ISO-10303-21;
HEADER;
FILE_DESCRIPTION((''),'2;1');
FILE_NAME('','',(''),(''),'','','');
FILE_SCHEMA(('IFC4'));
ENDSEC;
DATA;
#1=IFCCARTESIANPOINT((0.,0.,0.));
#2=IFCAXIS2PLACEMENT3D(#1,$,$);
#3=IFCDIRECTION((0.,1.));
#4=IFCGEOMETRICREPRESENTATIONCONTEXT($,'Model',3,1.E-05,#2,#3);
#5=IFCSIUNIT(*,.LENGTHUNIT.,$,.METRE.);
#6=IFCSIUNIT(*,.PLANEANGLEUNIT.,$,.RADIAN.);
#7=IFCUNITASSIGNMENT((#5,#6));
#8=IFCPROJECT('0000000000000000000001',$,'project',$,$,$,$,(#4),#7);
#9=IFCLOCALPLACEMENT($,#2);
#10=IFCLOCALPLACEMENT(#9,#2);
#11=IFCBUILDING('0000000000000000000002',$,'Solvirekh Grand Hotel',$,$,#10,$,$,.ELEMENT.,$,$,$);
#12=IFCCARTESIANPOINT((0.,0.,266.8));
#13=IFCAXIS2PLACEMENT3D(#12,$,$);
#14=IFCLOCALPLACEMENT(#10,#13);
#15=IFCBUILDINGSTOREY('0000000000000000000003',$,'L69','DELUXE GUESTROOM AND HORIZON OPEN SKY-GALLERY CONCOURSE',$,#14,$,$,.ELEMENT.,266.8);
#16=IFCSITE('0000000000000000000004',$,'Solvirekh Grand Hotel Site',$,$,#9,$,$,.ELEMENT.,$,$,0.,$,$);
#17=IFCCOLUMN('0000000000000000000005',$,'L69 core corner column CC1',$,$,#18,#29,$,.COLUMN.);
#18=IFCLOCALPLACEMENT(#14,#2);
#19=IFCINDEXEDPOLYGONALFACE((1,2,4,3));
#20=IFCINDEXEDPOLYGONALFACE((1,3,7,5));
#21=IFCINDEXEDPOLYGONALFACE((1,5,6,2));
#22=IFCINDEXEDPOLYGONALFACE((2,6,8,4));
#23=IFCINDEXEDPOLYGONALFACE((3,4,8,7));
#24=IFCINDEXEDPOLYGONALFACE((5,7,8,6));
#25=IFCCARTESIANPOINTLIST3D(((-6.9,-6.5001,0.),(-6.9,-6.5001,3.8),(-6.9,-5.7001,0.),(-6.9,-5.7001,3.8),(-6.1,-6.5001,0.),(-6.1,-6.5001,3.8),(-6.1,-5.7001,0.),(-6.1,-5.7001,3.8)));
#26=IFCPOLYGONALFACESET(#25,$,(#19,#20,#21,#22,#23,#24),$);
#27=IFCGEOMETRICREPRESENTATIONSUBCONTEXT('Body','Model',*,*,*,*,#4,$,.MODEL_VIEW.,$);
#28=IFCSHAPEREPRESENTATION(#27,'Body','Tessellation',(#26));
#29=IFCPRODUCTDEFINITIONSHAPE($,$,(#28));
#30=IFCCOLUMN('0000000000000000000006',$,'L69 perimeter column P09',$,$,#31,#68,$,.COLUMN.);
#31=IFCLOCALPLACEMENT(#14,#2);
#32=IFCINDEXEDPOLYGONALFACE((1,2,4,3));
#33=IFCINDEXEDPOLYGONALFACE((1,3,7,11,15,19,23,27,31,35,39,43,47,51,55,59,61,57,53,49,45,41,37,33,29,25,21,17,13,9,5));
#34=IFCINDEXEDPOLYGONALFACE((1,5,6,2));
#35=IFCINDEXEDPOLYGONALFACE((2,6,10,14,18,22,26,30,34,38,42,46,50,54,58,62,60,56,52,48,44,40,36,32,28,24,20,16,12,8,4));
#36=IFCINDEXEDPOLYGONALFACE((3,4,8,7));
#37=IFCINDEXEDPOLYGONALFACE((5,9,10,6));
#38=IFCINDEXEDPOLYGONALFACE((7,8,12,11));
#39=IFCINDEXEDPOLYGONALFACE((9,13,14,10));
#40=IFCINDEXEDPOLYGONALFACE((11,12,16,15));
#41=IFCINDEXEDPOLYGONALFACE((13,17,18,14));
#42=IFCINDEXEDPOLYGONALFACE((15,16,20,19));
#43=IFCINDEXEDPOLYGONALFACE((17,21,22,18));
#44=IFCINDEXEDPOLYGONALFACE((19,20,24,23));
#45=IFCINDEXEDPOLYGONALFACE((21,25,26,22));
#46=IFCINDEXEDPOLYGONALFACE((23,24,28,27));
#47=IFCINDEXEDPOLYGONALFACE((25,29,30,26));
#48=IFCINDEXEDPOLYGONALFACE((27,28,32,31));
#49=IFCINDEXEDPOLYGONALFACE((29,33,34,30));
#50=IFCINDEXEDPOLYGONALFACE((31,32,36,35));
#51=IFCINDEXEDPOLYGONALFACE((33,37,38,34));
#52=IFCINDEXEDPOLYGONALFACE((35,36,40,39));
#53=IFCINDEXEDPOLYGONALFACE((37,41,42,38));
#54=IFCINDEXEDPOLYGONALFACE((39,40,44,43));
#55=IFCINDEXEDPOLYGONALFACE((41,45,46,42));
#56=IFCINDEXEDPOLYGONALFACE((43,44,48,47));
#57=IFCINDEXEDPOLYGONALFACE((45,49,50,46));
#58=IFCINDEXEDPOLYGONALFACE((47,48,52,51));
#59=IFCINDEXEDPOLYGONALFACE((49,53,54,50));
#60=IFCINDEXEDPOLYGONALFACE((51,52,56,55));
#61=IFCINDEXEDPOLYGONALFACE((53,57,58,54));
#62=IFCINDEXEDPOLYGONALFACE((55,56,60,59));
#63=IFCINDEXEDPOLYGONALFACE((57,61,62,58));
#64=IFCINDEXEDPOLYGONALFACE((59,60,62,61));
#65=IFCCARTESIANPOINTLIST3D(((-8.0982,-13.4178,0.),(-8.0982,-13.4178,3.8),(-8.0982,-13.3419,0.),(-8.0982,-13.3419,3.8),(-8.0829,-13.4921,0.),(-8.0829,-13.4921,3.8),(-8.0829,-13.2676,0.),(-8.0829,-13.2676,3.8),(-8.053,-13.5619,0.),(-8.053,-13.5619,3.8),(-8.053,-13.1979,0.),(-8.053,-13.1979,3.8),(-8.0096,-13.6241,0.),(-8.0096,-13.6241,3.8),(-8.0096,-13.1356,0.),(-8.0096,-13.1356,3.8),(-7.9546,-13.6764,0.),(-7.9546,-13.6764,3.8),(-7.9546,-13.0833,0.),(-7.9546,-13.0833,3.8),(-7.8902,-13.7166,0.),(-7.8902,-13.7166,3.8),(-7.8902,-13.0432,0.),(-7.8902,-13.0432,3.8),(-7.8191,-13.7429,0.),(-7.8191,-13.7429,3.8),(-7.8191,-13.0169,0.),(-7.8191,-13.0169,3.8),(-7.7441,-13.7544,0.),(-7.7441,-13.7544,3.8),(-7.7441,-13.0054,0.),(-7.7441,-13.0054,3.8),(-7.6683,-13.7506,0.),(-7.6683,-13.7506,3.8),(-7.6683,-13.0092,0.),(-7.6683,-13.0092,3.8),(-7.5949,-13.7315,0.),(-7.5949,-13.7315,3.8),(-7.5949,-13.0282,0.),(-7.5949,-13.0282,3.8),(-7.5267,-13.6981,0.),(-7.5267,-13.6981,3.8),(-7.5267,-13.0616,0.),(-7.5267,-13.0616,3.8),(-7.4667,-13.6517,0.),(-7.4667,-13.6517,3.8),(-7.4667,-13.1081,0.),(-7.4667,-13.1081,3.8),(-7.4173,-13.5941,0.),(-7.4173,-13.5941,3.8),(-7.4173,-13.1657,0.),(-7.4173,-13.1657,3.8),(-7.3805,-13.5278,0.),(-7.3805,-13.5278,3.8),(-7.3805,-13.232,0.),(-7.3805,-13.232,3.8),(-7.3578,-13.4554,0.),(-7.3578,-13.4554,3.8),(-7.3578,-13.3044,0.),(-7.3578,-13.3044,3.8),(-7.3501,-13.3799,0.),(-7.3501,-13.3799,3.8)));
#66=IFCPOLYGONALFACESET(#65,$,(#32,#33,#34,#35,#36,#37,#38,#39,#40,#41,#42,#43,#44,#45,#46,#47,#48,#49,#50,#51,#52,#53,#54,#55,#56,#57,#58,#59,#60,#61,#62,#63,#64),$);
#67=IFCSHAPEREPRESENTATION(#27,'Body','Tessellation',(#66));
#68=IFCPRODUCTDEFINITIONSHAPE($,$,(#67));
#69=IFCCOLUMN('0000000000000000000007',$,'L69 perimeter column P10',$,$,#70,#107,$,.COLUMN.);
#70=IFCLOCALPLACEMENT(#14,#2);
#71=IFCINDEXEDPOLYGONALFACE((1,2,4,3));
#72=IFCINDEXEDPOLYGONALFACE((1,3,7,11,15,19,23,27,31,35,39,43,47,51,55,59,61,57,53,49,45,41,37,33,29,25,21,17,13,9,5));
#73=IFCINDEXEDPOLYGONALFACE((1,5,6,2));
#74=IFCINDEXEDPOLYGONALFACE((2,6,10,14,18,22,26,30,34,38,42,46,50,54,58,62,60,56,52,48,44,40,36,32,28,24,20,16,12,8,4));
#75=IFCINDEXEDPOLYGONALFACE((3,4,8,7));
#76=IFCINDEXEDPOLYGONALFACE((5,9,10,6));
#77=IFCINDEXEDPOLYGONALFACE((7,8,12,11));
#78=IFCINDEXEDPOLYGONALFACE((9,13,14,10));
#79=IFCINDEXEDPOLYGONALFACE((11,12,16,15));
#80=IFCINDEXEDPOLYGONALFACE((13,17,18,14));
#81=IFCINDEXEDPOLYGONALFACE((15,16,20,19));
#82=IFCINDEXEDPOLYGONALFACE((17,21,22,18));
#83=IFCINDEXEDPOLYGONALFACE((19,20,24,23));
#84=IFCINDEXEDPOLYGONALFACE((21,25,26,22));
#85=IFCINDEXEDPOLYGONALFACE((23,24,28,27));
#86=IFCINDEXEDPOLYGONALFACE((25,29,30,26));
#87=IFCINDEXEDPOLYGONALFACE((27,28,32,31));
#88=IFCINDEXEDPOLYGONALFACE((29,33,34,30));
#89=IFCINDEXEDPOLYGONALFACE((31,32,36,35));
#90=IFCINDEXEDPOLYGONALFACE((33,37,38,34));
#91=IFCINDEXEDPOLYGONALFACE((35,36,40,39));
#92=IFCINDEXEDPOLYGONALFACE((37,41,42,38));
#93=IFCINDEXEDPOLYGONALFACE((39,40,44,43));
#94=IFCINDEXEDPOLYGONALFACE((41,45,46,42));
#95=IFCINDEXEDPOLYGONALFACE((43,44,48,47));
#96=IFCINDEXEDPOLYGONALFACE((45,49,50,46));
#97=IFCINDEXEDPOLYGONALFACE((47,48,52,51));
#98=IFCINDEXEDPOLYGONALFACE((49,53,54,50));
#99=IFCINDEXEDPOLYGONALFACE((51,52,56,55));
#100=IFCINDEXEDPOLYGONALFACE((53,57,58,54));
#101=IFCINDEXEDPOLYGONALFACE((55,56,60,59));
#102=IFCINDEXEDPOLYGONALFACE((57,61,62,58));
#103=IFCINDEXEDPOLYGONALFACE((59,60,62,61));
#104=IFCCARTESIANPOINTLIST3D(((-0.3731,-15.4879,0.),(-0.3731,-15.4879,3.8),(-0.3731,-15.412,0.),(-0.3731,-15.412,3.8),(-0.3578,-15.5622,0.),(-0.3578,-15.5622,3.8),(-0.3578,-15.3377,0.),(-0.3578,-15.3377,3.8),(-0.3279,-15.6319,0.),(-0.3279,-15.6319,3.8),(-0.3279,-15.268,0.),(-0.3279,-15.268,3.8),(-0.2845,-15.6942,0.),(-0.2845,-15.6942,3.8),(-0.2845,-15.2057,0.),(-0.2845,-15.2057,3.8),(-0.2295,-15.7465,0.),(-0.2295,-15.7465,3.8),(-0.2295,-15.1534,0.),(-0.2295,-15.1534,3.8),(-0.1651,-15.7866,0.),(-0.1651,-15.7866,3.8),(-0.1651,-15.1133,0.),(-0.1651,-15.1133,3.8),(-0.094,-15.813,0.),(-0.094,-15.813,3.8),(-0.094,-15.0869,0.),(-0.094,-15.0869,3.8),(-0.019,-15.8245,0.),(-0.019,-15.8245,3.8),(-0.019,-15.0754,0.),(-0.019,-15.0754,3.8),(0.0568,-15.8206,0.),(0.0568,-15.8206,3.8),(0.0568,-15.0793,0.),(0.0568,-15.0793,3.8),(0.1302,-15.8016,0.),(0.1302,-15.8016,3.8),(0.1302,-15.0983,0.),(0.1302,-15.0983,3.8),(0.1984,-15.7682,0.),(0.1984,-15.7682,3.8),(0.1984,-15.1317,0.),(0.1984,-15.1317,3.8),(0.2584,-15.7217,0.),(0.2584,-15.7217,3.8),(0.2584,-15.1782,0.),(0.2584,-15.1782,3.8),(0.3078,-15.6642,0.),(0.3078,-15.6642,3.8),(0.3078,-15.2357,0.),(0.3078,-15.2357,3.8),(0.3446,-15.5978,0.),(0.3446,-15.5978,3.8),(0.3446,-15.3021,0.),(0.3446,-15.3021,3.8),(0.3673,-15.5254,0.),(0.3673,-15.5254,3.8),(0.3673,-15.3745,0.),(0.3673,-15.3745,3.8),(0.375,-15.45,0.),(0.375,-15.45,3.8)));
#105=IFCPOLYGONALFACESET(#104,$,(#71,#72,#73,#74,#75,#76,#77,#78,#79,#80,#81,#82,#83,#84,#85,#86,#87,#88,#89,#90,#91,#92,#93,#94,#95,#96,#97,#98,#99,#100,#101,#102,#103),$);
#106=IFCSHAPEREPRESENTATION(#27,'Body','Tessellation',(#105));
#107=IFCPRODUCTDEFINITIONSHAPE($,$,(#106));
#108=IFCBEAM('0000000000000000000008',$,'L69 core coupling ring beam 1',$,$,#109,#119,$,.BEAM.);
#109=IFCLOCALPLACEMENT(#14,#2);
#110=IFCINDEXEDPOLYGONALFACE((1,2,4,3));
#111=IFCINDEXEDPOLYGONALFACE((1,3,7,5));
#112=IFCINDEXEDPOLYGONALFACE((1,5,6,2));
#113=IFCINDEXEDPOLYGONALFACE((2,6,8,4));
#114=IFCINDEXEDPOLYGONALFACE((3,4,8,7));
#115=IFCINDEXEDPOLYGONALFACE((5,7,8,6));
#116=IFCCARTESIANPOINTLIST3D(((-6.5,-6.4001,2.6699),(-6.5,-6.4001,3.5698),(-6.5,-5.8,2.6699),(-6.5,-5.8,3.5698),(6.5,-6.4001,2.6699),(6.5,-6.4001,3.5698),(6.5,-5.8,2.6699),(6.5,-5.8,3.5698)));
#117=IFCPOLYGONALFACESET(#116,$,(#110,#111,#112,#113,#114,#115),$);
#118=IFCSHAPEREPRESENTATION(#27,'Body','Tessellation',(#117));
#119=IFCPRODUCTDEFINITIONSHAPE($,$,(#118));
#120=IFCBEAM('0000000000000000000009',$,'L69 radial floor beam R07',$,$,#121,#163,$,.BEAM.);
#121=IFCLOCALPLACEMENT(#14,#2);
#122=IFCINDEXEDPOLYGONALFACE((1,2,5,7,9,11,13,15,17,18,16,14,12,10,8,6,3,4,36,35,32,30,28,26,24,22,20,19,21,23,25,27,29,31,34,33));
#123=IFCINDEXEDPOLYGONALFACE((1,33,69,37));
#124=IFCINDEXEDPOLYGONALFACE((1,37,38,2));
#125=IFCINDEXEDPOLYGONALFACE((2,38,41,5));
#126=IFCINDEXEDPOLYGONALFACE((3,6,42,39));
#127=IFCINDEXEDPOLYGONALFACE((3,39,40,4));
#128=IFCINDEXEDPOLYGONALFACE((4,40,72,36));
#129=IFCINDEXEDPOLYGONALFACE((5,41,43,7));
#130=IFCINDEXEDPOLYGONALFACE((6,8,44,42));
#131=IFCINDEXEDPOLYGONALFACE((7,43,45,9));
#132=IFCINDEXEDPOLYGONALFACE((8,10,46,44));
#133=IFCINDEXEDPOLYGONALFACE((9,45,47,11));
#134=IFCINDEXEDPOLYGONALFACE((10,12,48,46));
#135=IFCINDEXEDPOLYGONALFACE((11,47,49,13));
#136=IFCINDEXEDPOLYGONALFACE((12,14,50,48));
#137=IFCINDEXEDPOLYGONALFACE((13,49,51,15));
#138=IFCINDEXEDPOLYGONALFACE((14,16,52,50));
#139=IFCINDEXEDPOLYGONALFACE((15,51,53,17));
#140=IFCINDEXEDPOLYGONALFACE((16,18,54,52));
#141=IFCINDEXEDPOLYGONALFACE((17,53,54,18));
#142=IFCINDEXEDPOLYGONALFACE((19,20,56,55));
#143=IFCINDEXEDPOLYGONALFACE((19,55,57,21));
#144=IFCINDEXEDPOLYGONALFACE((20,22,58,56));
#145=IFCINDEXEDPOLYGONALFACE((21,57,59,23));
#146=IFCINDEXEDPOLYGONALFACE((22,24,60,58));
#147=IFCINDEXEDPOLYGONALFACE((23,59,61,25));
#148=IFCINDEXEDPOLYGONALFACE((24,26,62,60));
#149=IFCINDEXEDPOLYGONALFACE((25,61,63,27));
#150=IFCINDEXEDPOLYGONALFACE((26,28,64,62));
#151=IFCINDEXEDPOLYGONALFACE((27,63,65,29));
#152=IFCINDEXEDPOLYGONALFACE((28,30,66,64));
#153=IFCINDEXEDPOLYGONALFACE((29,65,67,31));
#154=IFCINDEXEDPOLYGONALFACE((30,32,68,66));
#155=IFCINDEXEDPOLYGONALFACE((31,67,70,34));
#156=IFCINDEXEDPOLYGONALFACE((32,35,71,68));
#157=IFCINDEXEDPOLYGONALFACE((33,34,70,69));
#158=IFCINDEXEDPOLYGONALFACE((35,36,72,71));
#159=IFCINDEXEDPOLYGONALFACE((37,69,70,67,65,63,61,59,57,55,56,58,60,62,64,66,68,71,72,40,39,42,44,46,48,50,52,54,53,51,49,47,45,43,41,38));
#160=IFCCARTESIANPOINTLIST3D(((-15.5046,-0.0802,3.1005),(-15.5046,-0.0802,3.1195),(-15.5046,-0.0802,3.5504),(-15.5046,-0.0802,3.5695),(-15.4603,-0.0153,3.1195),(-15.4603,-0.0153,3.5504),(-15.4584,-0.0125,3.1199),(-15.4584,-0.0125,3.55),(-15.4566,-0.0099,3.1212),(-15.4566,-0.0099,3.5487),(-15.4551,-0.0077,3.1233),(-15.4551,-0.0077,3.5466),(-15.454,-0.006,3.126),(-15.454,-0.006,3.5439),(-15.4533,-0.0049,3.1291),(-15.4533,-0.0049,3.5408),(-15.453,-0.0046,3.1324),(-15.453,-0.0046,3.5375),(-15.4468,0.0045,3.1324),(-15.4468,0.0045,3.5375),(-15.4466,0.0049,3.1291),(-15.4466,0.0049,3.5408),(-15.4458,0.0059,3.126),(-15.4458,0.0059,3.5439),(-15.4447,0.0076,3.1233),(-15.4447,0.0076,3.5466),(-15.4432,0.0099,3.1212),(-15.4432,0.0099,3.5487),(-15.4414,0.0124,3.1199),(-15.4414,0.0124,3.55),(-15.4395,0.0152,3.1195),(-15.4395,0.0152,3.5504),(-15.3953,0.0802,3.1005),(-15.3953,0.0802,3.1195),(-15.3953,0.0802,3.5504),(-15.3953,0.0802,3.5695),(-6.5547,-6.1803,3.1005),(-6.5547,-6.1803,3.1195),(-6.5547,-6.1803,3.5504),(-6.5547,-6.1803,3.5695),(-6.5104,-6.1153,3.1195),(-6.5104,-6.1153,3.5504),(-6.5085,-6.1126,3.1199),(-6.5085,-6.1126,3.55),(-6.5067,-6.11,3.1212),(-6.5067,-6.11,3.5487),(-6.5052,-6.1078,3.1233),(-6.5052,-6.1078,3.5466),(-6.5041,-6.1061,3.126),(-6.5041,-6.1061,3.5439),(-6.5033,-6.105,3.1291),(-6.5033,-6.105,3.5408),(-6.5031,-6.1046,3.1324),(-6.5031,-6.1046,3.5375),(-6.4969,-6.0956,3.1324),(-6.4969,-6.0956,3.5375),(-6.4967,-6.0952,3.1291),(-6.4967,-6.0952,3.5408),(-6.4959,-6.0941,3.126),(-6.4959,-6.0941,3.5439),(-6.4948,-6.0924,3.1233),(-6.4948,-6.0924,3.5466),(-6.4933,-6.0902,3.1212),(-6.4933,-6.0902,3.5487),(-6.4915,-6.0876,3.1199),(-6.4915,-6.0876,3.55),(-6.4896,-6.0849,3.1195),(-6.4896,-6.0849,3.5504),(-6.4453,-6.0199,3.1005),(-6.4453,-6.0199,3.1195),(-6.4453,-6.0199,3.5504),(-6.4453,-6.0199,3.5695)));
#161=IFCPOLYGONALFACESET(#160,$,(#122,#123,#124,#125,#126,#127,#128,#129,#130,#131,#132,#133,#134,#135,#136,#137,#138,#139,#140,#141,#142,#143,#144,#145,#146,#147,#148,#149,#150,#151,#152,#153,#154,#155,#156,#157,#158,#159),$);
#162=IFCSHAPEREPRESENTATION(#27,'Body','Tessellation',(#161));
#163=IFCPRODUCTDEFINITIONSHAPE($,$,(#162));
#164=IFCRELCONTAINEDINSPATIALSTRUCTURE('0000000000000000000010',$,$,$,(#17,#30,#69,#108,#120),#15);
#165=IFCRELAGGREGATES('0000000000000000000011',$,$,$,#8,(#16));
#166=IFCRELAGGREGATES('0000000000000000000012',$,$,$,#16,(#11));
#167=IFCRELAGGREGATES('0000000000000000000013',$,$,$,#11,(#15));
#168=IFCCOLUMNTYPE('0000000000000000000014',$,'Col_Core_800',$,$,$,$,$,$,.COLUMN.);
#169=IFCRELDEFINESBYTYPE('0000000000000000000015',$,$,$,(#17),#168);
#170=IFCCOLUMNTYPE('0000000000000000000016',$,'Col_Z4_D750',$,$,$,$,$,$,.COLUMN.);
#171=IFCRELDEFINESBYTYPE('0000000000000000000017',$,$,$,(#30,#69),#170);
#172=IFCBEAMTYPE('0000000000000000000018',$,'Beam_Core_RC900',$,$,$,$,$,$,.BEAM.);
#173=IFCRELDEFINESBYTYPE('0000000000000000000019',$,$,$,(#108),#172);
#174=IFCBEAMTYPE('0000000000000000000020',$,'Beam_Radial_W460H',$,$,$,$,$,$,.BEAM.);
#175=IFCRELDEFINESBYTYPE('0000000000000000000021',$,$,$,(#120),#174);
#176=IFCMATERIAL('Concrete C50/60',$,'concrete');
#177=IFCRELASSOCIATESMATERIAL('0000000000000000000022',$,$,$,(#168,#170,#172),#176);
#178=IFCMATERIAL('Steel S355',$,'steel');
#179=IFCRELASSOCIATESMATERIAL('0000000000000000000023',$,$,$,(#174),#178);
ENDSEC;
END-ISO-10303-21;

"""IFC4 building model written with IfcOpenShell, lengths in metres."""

from ifc_helpers import new_model, si_unit, direction, frame, origin, origin_2d, place, context, subcontext, project, spatial, rectangle, circle, i_section, extrude, material, material_profile, profile_set, type_object, element, save


model = new_model("IFC4")

# Units and contexts
model_context = context("Model", 3, precision=1e-05, world=origin(), true_north=direction((0.0, 1.0)))
body_context = subcontext(model_context, "Body", "Model", "MODEL_VIEW")
ifc_project = project(units=[si_unit("LENGTHUNIT", "METRE"), si_unit("PLANEANGLEUNIT", "RADIAN")], contexts=[model_context])

# Site, building, storey
site_placement = place(None, origin())
site = spatial("IfcSite", under=ifc_project, at=site_placement, Name="Solvirekh Grand Hotel Site", CompositionType="ELEMENT", RefElevation=0.0)
building_placement = place(site_placement, origin())
building = spatial("IfcBuilding", under=site, at=building_placement, Name="Solvirekh Grand Hotel", CompositionType="ELEMENT")
storey_placement = place(building_placement, frame((0.0, 0.0, 266.8)))
storey = spatial("IfcBuildingStorey", under=building, at=storey_placement, Name="L69", Description="DELUXE GUESTROOM AND HORIZON OPEN SKY-GALLERY CONCOURSE", CompositionType="ELEMENT", Elevation=266.8)

# Columns
ifc_material_1 = material(Name="Concrete C50/60", Category="concrete")
ifc_material_profile_1 = material_profile(ifc_material_1, rectangle(XDim=0.8, YDim=0.8, at=origin_2d()), Name="RC 800X800")
ifc_profile_set_1 = profile_set([ifc_material_profile_1], Name="Concrete C50/60")
column_type_1 = type_object("IfcColumnType", Name="Col_Core_800", PredefinedType="COLUMN", material=ifc_profile_set_1)
column_placement = place(storey_placement, frame((-6.5, -6.1001, 0.0), z_axis=(0.0, 0.0, 1.0), x_axis=(1.0, 0.0, 0.0)))
element("IfcColumn", 1, at=column_placement, inside=storey, type_object=column_type_1, Name="L69 core corner column CC1", PredefinedType="COLUMN", context=body_context, shape_type="SweptSolid", body=[
    extrude(rectangle(XDim=0.8, YDim=0.8, at=origin_2d()), origin(), (0.0, 0.0, 1.0), 3.8),
])
ifc_material_profile_2 = material_profile(ifc_material_1, circle(Radius=0.375, at=origin_2d()), Name="RC CIRC D750")
ifc_profile_set_2 = profile_set([ifc_material_profile_2], Name="Concrete C50/60")
column_type_2 = type_object("IfcColumnType", Name="Col_Z4_D750", PredefinedType="COLUMN", material=ifc_profile_set_2)
for number, where, z_axis, x_axis, name in (
    (2, (-7.7251, -13.3799, 0.0), (0.0, 0.0, 1.0), (1.0, 0.0, 0.0), "L69 perimeter column P09"),
    (3, (0.0, -15.45, 0.0), (0.0, 0.0, 1.0), (1.0, 0.0, 0.0), "L69 perimeter column P10"),
):
    element("IfcColumn", number, at=place(storey_placement, frame(where, z_axis=z_axis, x_axis=x_axis)), inside=storey, type_object=column_type_2, Name=name, PredefinedType="COLUMN", context=body_context, shape_type="SweptSolid", body=[
        extrude(circle(Radius=0.375, at=origin_2d()), origin(), (0.0, 0.0, 1.0), 3.8),
    ])

# Beams
ifc_material_profile_3 = material_profile(ifc_material_1, rectangle(XDim=0.6001, YDim=0.8999, at=origin_2d()), Name="RC BEAM 600X900")
ifc_profile_set_3 = profile_set([ifc_material_profile_3], Name="Concrete C50/60")
beam_type_1 = type_object("IfcBeamType", Name="Beam_Core_RC900", PredefinedType="BEAM", material=ifc_profile_set_3)
beam_1_placement = place(storey_placement, frame((-6.5, -6.1001, 3.1199), z_axis=(1.0, 0.0, 0.0), x_axis=(0.0, 1.0, 0.0)))
element("IfcBeam", 4, at=beam_1_placement, inside=storey, type_object=beam_type_1, Name="L69 core coupling ring beam 1", PredefinedType="BEAM", context=body_context, shape_type="SweptSolid", body=[
    extrude(rectangle(XDim=0.6001, YDim=0.8999, at=origin_2d()), origin(), (0.0, 0.0, 1.0), 13.0),
])
ifc_material_2 = material(Name="Steel S355", Category="steel")
ifc_material_profile_4 = material_profile(ifc_material_2, i_section(OverallWidth=0.1941, OverallDepth=0.469, WebThickness=0.011, FlangeThickness=0.019, FilletRadius=0.0129, at=origin_2d()), Name="W460X106")
ifc_profile_set_4 = profile_set([ifc_material_profile_4], Name="Steel S355")
beam_type_2 = type_object("IfcBeamType", Name="Beam_Radial_W460H", PredefinedType="BEAM", material=ifc_profile_set_4)
beam_2_placement = place(storey_placement, frame((-6.5, -6.1001, 3.335), z_axis=(-0.826319, 0.563202, 0.0), x_axis=(-0.563202, -0.826319, 0.0)))
element("IfcBeam", 5, at=beam_2_placement, inside=storey, type_object=beam_type_2, Name="L69 radial floor beam R07", PredefinedType="BEAM", context=body_context, shape_type="SweptSolid", body=[
    extrude(i_section(OverallWidth=0.1941, OverallDepth=0.469, WebThickness=0.011, FlangeThickness=0.019, FilletRadius=0.0129, at=origin_2d()), origin(), (0.0, 0.0, 1.0), 10.8311),
])

save(model, "model.ifc")
